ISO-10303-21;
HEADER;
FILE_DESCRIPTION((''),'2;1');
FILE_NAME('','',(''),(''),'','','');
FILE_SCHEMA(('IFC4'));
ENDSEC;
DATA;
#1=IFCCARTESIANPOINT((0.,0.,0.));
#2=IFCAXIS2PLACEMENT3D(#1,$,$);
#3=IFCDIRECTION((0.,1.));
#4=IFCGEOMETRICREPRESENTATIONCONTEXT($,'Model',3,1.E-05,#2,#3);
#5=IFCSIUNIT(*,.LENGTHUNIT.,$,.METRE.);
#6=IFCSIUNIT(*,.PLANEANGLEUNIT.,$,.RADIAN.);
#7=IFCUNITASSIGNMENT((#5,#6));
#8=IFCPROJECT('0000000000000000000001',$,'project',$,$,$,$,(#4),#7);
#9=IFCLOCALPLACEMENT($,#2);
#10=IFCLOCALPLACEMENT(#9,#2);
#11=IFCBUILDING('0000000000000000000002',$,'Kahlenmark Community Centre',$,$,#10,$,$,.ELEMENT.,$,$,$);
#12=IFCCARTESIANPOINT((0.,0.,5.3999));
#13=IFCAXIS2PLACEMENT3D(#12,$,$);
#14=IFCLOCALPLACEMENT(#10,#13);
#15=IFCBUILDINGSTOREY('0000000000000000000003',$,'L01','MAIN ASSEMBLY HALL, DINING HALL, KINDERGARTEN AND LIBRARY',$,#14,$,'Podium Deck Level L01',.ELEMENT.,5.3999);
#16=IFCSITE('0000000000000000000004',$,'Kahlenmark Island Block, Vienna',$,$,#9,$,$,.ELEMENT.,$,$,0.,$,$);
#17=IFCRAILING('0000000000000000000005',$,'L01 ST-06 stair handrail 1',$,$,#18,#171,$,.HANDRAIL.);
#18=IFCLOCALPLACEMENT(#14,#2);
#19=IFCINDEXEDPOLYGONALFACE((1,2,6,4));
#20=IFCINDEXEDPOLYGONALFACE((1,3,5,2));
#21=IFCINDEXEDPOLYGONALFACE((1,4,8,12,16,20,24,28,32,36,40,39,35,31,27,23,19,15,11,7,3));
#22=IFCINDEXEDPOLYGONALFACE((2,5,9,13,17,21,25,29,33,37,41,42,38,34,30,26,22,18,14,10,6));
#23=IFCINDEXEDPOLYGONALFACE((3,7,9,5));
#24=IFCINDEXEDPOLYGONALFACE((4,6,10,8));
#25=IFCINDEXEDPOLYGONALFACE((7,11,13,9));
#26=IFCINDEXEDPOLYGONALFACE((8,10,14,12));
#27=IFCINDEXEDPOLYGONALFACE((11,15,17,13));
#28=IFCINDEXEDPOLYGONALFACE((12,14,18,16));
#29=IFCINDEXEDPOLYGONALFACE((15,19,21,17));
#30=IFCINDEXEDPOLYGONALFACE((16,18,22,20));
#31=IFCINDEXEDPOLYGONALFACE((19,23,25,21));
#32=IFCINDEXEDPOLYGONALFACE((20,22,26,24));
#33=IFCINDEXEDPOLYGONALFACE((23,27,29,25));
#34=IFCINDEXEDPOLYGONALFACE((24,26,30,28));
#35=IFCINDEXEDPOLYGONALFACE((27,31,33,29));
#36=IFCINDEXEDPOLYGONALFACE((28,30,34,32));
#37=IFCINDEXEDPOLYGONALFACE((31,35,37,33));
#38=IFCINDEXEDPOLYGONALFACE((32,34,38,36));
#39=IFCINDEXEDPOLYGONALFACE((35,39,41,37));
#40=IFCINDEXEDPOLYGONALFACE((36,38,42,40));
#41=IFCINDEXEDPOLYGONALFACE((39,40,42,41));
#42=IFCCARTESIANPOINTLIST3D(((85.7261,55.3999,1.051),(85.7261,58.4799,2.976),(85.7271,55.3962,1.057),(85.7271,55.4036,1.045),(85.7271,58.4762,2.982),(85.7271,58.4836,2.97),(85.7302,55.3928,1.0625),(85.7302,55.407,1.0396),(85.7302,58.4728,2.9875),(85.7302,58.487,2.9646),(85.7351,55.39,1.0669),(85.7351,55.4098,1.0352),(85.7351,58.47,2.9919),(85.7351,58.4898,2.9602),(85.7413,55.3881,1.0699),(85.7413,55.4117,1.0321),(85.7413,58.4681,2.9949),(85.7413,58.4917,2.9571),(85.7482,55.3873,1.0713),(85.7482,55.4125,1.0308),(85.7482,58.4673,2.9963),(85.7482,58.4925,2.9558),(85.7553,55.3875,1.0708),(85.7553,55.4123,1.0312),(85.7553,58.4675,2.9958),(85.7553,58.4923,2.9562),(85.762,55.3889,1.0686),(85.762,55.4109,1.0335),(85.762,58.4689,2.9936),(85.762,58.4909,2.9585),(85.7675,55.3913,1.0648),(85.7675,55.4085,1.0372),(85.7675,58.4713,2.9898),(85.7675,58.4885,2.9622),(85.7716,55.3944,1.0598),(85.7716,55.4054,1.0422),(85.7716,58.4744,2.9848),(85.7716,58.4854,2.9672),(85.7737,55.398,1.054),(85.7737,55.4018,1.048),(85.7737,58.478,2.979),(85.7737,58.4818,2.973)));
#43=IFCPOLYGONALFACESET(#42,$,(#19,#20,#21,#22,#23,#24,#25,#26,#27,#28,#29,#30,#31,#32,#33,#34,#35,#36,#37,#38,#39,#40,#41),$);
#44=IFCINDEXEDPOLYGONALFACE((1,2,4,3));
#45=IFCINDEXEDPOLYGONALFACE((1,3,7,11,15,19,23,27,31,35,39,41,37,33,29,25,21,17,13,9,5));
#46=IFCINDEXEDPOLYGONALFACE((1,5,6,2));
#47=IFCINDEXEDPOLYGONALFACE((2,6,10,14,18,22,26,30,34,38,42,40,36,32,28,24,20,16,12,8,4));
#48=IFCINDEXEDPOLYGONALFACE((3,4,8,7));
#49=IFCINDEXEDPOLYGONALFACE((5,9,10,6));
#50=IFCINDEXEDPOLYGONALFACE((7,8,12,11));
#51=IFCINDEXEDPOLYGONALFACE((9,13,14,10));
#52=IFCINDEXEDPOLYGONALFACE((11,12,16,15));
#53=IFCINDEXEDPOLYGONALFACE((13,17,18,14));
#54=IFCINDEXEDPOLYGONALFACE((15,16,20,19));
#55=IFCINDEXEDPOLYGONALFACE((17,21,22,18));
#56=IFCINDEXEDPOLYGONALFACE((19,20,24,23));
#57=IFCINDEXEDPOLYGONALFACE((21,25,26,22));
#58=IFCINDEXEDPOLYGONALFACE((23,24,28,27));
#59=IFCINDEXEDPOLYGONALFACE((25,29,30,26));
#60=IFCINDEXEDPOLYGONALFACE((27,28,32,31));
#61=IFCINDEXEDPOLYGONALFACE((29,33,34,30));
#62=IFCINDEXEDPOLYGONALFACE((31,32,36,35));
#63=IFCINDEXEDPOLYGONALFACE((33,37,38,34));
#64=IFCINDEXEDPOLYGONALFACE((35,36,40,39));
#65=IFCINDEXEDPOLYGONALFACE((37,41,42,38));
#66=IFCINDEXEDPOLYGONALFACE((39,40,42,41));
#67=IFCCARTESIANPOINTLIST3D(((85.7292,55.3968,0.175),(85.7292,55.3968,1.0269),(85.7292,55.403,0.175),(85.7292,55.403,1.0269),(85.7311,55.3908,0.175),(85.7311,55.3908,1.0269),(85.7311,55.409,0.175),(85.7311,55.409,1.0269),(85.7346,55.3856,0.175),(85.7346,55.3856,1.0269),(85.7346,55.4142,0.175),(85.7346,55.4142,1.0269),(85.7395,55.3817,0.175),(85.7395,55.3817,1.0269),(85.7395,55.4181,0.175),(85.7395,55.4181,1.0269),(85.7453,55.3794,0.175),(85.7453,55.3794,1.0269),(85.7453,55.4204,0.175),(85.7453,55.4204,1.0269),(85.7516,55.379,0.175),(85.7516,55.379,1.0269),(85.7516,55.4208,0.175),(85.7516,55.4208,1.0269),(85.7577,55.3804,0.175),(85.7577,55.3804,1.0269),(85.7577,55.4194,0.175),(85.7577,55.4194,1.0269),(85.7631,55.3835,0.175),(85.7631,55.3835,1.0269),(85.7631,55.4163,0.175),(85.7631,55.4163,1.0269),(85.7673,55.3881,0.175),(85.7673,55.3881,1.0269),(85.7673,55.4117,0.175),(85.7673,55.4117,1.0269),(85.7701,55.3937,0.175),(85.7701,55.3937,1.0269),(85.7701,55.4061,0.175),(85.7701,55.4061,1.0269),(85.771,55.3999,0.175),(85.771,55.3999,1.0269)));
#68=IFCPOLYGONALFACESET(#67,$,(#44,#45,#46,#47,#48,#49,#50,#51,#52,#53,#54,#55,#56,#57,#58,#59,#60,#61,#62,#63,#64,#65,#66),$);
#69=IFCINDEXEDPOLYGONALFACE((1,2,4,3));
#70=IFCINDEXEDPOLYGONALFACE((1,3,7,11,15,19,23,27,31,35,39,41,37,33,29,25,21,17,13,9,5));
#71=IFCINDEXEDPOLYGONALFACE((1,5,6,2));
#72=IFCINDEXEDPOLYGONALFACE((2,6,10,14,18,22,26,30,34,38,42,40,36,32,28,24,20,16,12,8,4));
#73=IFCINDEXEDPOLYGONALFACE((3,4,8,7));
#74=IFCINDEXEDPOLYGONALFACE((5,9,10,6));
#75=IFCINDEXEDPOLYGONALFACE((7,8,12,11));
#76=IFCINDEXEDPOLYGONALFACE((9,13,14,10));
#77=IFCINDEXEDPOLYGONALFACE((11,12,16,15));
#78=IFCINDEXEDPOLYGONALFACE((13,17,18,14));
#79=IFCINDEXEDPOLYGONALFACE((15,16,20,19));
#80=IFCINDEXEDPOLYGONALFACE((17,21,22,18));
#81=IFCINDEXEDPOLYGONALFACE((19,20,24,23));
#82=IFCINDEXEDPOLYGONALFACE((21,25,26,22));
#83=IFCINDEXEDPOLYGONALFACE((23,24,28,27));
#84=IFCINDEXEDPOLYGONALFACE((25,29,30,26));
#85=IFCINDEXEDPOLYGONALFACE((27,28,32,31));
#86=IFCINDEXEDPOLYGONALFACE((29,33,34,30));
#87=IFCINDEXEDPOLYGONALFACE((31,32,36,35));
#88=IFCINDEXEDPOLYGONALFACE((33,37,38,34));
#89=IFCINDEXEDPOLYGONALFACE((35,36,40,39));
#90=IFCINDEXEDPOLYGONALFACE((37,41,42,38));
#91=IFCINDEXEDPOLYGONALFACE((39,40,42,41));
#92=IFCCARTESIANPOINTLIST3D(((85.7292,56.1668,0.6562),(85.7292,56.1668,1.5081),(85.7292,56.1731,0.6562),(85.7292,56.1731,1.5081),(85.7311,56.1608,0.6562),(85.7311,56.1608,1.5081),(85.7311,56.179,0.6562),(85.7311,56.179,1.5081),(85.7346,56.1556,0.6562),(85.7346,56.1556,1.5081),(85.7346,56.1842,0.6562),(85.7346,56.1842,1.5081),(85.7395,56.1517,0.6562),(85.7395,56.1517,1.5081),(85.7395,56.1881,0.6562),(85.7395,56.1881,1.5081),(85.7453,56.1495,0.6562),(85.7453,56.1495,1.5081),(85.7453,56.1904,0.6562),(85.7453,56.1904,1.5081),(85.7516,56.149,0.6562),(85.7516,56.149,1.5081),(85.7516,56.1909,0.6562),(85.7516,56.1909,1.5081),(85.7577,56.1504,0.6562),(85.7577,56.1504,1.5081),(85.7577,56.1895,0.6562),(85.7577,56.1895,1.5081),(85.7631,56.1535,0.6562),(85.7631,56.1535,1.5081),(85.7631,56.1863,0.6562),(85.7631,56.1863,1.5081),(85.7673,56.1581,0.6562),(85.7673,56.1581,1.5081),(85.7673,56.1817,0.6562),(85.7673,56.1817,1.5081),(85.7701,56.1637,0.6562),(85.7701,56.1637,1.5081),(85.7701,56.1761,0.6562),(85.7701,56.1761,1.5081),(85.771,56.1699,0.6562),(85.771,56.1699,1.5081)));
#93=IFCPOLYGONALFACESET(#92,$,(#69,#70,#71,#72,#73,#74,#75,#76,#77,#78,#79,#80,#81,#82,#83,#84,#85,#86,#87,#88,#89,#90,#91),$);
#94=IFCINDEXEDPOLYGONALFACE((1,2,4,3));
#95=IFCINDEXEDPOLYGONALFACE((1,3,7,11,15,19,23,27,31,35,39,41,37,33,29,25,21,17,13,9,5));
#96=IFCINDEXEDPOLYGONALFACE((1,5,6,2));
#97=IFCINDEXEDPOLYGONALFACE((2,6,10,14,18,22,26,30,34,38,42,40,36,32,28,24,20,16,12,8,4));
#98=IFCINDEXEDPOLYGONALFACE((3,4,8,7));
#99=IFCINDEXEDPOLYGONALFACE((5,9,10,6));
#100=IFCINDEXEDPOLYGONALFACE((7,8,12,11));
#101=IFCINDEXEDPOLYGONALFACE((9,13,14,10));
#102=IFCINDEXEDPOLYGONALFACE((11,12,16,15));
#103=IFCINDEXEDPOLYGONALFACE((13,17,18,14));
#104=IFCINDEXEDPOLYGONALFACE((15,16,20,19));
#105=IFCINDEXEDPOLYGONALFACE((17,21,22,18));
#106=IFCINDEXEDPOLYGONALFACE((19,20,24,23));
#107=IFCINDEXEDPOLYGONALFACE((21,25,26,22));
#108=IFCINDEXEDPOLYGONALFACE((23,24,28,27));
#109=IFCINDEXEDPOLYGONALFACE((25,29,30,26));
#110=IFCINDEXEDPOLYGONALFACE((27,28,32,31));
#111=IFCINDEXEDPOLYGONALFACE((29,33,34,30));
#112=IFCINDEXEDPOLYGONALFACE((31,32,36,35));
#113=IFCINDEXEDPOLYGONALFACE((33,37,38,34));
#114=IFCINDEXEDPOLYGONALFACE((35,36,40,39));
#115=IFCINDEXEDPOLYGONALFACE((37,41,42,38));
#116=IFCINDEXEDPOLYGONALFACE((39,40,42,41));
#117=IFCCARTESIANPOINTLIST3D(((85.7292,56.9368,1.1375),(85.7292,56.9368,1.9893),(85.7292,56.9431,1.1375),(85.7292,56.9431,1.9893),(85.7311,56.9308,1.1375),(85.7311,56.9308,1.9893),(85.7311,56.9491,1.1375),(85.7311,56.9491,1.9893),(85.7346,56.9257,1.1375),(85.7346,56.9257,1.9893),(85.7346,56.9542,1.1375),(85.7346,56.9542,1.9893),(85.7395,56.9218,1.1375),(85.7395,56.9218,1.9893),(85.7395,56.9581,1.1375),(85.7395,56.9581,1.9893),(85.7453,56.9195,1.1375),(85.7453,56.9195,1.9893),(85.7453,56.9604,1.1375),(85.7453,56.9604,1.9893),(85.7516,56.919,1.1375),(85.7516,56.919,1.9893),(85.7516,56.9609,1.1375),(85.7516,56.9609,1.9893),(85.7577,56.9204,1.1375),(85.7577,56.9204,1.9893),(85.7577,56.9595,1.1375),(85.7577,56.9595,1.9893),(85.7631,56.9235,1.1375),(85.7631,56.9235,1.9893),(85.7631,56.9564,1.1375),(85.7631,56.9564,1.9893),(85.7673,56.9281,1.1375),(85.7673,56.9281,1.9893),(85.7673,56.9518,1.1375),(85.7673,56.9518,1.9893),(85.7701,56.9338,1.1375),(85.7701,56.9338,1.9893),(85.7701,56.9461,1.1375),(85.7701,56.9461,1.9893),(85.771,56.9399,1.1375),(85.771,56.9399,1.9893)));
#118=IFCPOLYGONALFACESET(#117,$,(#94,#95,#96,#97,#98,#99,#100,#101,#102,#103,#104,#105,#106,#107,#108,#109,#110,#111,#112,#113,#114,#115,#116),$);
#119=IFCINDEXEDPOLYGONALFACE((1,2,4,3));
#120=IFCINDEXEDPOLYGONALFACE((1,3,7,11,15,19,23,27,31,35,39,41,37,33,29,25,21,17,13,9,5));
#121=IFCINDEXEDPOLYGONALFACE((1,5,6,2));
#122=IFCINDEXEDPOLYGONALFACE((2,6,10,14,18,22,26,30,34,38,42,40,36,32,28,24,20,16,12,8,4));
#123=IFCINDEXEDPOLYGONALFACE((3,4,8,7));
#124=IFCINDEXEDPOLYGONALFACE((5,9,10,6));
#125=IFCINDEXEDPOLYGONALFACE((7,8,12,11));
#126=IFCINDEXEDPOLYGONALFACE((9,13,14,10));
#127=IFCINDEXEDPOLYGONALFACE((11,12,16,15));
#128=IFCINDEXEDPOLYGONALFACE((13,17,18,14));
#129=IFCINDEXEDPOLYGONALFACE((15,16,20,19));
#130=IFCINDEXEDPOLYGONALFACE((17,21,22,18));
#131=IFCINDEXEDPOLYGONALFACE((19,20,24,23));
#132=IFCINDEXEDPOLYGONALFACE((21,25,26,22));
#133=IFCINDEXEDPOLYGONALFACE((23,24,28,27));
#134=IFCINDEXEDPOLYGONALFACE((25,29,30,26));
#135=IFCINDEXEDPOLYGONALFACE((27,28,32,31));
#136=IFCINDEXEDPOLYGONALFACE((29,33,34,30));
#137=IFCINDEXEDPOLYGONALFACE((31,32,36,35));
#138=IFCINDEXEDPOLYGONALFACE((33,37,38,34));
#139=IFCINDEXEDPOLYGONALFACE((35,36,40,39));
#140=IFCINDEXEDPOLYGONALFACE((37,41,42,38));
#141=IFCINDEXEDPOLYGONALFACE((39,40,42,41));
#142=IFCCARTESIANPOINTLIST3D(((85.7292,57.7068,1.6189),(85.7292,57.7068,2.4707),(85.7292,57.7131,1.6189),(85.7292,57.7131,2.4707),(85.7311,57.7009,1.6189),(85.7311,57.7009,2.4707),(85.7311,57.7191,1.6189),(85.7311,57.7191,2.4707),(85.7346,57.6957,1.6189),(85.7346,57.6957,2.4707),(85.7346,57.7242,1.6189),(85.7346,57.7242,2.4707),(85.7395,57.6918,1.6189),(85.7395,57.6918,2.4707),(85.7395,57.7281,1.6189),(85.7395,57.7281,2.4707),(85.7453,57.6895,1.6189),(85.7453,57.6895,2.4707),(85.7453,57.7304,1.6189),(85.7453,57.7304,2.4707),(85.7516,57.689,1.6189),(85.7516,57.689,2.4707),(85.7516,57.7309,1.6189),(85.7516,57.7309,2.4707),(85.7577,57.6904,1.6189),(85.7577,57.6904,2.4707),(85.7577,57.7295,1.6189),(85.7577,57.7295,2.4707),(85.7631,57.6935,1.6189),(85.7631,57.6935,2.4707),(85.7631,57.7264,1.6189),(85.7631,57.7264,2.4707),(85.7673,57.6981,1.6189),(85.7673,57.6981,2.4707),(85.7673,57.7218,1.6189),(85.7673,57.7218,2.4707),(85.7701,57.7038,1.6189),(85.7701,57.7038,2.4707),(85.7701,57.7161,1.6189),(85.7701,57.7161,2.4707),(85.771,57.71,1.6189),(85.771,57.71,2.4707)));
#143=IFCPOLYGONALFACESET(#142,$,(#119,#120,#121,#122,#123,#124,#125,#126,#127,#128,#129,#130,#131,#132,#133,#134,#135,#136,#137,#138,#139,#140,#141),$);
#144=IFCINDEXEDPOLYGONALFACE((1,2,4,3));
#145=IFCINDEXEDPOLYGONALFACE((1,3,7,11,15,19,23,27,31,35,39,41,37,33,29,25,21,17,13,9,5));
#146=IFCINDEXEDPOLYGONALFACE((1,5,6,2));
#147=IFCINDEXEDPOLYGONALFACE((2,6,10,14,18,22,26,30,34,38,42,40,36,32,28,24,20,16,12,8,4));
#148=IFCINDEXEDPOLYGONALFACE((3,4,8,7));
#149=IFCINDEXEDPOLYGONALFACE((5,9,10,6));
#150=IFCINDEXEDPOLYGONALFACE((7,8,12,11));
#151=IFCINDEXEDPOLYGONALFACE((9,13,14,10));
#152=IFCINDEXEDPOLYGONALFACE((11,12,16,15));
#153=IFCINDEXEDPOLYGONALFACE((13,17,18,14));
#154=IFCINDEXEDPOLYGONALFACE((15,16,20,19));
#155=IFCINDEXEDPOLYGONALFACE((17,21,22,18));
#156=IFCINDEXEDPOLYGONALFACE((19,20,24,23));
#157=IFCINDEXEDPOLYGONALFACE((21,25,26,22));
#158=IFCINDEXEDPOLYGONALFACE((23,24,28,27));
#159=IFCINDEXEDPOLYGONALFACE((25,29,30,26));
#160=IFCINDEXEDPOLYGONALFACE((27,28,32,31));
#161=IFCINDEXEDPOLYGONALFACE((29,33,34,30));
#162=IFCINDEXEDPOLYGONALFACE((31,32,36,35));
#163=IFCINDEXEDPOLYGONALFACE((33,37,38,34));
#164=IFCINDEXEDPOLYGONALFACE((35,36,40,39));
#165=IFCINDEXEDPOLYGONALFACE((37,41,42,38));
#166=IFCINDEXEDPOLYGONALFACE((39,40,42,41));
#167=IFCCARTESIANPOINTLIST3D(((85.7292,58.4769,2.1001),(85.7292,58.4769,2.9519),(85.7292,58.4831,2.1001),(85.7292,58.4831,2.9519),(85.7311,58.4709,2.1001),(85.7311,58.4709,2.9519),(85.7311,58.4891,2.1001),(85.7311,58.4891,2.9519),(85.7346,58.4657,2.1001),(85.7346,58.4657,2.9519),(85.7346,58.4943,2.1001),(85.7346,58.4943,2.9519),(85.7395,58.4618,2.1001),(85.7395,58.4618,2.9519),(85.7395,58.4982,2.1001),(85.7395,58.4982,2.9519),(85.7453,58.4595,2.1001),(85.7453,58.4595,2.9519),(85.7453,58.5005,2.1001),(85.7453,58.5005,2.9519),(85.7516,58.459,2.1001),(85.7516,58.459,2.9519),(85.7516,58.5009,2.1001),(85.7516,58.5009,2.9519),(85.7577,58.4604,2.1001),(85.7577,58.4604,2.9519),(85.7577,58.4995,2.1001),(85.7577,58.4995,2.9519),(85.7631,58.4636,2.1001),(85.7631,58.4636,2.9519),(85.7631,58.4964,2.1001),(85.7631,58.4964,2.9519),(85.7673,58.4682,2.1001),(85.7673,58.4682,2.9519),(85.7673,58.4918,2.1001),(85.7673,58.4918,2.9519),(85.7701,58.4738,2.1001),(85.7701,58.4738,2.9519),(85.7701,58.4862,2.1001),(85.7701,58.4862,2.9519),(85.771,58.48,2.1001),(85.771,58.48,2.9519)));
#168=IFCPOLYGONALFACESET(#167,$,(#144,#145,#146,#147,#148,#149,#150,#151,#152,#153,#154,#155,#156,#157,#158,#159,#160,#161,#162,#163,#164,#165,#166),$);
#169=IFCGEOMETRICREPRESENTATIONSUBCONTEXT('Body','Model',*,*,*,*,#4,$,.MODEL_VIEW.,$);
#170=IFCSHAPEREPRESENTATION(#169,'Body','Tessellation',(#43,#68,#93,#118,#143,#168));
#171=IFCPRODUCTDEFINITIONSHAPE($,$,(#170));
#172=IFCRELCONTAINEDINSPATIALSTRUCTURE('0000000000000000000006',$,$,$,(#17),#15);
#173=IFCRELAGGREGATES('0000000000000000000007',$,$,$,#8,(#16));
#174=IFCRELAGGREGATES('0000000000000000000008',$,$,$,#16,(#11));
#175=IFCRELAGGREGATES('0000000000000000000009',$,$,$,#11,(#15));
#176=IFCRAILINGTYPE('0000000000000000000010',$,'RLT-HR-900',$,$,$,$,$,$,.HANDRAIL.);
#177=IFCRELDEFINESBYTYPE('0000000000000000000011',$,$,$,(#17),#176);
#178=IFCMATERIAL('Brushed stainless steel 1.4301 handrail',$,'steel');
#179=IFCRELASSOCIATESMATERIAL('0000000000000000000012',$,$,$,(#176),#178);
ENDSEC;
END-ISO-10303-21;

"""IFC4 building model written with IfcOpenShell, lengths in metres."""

from ifc_helpers import new_model, si_unit, direction, frame, origin, origin_2d, place, context, subcontext, project, spatial, circle, extrude, material, type_object, element, save


model = new_model("IFC4")

# Units and contexts
model_context = context("Model", 3, precision=1e-05, world=origin(), true_north=direction((0.0, 1.0)))
body_context = subcontext(model_context, "Body", "Model", "MODEL_VIEW")
ifc_project = project(units=[si_unit("LENGTHUNIT", "METRE"), si_unit("PLANEANGLEUNIT", "RADIAN")], contexts=[model_context])

# Site, building, storey
site_placement = place(None, origin())
site = spatial("IfcSite", under=ifc_project, at=site_placement, Name="Kahlenmark Island Block, Vienna", CompositionType="ELEMENT", RefElevation=0.0)
building_placement = place(site_placement, origin())
building = spatial("IfcBuilding", under=site, at=building_placement, Name="Kahlenmark Community Centre", CompositionType="ELEMENT")
storey_placement = place(building_placement, frame((0.0, 0.0, 5.3999)))
storey = spatial("IfcBuildingStorey", under=building, at=storey_placement, Name="L01", Description="MAIN ASSEMBLY HALL, DINING HALL, KINDERGARTEN AND LIBRARY", LongName="Podium Deck Level L01", CompositionType="ELEMENT", Elevation=5.3999)

# Railing
ifc_material_1 = material(Name="Brushed stainless steel 1.4301 handrail", Category="steel")
railing_type_1 = type_object("IfcRailingType", Name="RLT-HR-900", PredefinedType="HANDRAIL", material=ifc_material_1)
railing_1_placement = place(storey_placement, frame((85.75, 55.3999, 0.175)))
element("IfcRailing", 1, at=railing_1_placement, inside=storey, type_object=railing_type_1, Name="L01 ST-06 stair handrail 1", PredefinedType="HANDRAIL", context=body_context, shape_type="SweptSolid", body=[
    extrude(circle(Radius=0.0239, at=origin_2d()), frame((0.0, 0.0, 0.876), z_axis=(0.0, 0.847998, 0.529999), x_axis=(-1.0, 0.0, 0.0)), (0.0, 0.0, 1.0), 3.6321),
    extrude(circle(Radius=0.021, at=origin_2d()), origin(), (0.0, 0.0, 1.0), 0.8518),
    extrude(circle(Radius=0.021, at=origin_2d()), frame((0.0, 0.77, 0.4812)), (0.0, 0.0, 1.0), 0.8518),
    extrude(circle(Radius=0.021, at=origin_2d()), frame((0.0, 1.54, 0.9624)), (0.0, 0.0, 1.0), 0.8518),
    extrude(circle(Radius=0.021, at=origin_2d()), frame((0.0, 2.3101, 1.4438)), (0.0, 0.0, 1.0), 0.8518),
    extrude(circle(Radius=0.021, at=origin_2d()), frame((0.0, 3.0801, 1.925)), (0.0, 0.0, 1.0), 0.8518),
])

save(model, "model.ifc")
